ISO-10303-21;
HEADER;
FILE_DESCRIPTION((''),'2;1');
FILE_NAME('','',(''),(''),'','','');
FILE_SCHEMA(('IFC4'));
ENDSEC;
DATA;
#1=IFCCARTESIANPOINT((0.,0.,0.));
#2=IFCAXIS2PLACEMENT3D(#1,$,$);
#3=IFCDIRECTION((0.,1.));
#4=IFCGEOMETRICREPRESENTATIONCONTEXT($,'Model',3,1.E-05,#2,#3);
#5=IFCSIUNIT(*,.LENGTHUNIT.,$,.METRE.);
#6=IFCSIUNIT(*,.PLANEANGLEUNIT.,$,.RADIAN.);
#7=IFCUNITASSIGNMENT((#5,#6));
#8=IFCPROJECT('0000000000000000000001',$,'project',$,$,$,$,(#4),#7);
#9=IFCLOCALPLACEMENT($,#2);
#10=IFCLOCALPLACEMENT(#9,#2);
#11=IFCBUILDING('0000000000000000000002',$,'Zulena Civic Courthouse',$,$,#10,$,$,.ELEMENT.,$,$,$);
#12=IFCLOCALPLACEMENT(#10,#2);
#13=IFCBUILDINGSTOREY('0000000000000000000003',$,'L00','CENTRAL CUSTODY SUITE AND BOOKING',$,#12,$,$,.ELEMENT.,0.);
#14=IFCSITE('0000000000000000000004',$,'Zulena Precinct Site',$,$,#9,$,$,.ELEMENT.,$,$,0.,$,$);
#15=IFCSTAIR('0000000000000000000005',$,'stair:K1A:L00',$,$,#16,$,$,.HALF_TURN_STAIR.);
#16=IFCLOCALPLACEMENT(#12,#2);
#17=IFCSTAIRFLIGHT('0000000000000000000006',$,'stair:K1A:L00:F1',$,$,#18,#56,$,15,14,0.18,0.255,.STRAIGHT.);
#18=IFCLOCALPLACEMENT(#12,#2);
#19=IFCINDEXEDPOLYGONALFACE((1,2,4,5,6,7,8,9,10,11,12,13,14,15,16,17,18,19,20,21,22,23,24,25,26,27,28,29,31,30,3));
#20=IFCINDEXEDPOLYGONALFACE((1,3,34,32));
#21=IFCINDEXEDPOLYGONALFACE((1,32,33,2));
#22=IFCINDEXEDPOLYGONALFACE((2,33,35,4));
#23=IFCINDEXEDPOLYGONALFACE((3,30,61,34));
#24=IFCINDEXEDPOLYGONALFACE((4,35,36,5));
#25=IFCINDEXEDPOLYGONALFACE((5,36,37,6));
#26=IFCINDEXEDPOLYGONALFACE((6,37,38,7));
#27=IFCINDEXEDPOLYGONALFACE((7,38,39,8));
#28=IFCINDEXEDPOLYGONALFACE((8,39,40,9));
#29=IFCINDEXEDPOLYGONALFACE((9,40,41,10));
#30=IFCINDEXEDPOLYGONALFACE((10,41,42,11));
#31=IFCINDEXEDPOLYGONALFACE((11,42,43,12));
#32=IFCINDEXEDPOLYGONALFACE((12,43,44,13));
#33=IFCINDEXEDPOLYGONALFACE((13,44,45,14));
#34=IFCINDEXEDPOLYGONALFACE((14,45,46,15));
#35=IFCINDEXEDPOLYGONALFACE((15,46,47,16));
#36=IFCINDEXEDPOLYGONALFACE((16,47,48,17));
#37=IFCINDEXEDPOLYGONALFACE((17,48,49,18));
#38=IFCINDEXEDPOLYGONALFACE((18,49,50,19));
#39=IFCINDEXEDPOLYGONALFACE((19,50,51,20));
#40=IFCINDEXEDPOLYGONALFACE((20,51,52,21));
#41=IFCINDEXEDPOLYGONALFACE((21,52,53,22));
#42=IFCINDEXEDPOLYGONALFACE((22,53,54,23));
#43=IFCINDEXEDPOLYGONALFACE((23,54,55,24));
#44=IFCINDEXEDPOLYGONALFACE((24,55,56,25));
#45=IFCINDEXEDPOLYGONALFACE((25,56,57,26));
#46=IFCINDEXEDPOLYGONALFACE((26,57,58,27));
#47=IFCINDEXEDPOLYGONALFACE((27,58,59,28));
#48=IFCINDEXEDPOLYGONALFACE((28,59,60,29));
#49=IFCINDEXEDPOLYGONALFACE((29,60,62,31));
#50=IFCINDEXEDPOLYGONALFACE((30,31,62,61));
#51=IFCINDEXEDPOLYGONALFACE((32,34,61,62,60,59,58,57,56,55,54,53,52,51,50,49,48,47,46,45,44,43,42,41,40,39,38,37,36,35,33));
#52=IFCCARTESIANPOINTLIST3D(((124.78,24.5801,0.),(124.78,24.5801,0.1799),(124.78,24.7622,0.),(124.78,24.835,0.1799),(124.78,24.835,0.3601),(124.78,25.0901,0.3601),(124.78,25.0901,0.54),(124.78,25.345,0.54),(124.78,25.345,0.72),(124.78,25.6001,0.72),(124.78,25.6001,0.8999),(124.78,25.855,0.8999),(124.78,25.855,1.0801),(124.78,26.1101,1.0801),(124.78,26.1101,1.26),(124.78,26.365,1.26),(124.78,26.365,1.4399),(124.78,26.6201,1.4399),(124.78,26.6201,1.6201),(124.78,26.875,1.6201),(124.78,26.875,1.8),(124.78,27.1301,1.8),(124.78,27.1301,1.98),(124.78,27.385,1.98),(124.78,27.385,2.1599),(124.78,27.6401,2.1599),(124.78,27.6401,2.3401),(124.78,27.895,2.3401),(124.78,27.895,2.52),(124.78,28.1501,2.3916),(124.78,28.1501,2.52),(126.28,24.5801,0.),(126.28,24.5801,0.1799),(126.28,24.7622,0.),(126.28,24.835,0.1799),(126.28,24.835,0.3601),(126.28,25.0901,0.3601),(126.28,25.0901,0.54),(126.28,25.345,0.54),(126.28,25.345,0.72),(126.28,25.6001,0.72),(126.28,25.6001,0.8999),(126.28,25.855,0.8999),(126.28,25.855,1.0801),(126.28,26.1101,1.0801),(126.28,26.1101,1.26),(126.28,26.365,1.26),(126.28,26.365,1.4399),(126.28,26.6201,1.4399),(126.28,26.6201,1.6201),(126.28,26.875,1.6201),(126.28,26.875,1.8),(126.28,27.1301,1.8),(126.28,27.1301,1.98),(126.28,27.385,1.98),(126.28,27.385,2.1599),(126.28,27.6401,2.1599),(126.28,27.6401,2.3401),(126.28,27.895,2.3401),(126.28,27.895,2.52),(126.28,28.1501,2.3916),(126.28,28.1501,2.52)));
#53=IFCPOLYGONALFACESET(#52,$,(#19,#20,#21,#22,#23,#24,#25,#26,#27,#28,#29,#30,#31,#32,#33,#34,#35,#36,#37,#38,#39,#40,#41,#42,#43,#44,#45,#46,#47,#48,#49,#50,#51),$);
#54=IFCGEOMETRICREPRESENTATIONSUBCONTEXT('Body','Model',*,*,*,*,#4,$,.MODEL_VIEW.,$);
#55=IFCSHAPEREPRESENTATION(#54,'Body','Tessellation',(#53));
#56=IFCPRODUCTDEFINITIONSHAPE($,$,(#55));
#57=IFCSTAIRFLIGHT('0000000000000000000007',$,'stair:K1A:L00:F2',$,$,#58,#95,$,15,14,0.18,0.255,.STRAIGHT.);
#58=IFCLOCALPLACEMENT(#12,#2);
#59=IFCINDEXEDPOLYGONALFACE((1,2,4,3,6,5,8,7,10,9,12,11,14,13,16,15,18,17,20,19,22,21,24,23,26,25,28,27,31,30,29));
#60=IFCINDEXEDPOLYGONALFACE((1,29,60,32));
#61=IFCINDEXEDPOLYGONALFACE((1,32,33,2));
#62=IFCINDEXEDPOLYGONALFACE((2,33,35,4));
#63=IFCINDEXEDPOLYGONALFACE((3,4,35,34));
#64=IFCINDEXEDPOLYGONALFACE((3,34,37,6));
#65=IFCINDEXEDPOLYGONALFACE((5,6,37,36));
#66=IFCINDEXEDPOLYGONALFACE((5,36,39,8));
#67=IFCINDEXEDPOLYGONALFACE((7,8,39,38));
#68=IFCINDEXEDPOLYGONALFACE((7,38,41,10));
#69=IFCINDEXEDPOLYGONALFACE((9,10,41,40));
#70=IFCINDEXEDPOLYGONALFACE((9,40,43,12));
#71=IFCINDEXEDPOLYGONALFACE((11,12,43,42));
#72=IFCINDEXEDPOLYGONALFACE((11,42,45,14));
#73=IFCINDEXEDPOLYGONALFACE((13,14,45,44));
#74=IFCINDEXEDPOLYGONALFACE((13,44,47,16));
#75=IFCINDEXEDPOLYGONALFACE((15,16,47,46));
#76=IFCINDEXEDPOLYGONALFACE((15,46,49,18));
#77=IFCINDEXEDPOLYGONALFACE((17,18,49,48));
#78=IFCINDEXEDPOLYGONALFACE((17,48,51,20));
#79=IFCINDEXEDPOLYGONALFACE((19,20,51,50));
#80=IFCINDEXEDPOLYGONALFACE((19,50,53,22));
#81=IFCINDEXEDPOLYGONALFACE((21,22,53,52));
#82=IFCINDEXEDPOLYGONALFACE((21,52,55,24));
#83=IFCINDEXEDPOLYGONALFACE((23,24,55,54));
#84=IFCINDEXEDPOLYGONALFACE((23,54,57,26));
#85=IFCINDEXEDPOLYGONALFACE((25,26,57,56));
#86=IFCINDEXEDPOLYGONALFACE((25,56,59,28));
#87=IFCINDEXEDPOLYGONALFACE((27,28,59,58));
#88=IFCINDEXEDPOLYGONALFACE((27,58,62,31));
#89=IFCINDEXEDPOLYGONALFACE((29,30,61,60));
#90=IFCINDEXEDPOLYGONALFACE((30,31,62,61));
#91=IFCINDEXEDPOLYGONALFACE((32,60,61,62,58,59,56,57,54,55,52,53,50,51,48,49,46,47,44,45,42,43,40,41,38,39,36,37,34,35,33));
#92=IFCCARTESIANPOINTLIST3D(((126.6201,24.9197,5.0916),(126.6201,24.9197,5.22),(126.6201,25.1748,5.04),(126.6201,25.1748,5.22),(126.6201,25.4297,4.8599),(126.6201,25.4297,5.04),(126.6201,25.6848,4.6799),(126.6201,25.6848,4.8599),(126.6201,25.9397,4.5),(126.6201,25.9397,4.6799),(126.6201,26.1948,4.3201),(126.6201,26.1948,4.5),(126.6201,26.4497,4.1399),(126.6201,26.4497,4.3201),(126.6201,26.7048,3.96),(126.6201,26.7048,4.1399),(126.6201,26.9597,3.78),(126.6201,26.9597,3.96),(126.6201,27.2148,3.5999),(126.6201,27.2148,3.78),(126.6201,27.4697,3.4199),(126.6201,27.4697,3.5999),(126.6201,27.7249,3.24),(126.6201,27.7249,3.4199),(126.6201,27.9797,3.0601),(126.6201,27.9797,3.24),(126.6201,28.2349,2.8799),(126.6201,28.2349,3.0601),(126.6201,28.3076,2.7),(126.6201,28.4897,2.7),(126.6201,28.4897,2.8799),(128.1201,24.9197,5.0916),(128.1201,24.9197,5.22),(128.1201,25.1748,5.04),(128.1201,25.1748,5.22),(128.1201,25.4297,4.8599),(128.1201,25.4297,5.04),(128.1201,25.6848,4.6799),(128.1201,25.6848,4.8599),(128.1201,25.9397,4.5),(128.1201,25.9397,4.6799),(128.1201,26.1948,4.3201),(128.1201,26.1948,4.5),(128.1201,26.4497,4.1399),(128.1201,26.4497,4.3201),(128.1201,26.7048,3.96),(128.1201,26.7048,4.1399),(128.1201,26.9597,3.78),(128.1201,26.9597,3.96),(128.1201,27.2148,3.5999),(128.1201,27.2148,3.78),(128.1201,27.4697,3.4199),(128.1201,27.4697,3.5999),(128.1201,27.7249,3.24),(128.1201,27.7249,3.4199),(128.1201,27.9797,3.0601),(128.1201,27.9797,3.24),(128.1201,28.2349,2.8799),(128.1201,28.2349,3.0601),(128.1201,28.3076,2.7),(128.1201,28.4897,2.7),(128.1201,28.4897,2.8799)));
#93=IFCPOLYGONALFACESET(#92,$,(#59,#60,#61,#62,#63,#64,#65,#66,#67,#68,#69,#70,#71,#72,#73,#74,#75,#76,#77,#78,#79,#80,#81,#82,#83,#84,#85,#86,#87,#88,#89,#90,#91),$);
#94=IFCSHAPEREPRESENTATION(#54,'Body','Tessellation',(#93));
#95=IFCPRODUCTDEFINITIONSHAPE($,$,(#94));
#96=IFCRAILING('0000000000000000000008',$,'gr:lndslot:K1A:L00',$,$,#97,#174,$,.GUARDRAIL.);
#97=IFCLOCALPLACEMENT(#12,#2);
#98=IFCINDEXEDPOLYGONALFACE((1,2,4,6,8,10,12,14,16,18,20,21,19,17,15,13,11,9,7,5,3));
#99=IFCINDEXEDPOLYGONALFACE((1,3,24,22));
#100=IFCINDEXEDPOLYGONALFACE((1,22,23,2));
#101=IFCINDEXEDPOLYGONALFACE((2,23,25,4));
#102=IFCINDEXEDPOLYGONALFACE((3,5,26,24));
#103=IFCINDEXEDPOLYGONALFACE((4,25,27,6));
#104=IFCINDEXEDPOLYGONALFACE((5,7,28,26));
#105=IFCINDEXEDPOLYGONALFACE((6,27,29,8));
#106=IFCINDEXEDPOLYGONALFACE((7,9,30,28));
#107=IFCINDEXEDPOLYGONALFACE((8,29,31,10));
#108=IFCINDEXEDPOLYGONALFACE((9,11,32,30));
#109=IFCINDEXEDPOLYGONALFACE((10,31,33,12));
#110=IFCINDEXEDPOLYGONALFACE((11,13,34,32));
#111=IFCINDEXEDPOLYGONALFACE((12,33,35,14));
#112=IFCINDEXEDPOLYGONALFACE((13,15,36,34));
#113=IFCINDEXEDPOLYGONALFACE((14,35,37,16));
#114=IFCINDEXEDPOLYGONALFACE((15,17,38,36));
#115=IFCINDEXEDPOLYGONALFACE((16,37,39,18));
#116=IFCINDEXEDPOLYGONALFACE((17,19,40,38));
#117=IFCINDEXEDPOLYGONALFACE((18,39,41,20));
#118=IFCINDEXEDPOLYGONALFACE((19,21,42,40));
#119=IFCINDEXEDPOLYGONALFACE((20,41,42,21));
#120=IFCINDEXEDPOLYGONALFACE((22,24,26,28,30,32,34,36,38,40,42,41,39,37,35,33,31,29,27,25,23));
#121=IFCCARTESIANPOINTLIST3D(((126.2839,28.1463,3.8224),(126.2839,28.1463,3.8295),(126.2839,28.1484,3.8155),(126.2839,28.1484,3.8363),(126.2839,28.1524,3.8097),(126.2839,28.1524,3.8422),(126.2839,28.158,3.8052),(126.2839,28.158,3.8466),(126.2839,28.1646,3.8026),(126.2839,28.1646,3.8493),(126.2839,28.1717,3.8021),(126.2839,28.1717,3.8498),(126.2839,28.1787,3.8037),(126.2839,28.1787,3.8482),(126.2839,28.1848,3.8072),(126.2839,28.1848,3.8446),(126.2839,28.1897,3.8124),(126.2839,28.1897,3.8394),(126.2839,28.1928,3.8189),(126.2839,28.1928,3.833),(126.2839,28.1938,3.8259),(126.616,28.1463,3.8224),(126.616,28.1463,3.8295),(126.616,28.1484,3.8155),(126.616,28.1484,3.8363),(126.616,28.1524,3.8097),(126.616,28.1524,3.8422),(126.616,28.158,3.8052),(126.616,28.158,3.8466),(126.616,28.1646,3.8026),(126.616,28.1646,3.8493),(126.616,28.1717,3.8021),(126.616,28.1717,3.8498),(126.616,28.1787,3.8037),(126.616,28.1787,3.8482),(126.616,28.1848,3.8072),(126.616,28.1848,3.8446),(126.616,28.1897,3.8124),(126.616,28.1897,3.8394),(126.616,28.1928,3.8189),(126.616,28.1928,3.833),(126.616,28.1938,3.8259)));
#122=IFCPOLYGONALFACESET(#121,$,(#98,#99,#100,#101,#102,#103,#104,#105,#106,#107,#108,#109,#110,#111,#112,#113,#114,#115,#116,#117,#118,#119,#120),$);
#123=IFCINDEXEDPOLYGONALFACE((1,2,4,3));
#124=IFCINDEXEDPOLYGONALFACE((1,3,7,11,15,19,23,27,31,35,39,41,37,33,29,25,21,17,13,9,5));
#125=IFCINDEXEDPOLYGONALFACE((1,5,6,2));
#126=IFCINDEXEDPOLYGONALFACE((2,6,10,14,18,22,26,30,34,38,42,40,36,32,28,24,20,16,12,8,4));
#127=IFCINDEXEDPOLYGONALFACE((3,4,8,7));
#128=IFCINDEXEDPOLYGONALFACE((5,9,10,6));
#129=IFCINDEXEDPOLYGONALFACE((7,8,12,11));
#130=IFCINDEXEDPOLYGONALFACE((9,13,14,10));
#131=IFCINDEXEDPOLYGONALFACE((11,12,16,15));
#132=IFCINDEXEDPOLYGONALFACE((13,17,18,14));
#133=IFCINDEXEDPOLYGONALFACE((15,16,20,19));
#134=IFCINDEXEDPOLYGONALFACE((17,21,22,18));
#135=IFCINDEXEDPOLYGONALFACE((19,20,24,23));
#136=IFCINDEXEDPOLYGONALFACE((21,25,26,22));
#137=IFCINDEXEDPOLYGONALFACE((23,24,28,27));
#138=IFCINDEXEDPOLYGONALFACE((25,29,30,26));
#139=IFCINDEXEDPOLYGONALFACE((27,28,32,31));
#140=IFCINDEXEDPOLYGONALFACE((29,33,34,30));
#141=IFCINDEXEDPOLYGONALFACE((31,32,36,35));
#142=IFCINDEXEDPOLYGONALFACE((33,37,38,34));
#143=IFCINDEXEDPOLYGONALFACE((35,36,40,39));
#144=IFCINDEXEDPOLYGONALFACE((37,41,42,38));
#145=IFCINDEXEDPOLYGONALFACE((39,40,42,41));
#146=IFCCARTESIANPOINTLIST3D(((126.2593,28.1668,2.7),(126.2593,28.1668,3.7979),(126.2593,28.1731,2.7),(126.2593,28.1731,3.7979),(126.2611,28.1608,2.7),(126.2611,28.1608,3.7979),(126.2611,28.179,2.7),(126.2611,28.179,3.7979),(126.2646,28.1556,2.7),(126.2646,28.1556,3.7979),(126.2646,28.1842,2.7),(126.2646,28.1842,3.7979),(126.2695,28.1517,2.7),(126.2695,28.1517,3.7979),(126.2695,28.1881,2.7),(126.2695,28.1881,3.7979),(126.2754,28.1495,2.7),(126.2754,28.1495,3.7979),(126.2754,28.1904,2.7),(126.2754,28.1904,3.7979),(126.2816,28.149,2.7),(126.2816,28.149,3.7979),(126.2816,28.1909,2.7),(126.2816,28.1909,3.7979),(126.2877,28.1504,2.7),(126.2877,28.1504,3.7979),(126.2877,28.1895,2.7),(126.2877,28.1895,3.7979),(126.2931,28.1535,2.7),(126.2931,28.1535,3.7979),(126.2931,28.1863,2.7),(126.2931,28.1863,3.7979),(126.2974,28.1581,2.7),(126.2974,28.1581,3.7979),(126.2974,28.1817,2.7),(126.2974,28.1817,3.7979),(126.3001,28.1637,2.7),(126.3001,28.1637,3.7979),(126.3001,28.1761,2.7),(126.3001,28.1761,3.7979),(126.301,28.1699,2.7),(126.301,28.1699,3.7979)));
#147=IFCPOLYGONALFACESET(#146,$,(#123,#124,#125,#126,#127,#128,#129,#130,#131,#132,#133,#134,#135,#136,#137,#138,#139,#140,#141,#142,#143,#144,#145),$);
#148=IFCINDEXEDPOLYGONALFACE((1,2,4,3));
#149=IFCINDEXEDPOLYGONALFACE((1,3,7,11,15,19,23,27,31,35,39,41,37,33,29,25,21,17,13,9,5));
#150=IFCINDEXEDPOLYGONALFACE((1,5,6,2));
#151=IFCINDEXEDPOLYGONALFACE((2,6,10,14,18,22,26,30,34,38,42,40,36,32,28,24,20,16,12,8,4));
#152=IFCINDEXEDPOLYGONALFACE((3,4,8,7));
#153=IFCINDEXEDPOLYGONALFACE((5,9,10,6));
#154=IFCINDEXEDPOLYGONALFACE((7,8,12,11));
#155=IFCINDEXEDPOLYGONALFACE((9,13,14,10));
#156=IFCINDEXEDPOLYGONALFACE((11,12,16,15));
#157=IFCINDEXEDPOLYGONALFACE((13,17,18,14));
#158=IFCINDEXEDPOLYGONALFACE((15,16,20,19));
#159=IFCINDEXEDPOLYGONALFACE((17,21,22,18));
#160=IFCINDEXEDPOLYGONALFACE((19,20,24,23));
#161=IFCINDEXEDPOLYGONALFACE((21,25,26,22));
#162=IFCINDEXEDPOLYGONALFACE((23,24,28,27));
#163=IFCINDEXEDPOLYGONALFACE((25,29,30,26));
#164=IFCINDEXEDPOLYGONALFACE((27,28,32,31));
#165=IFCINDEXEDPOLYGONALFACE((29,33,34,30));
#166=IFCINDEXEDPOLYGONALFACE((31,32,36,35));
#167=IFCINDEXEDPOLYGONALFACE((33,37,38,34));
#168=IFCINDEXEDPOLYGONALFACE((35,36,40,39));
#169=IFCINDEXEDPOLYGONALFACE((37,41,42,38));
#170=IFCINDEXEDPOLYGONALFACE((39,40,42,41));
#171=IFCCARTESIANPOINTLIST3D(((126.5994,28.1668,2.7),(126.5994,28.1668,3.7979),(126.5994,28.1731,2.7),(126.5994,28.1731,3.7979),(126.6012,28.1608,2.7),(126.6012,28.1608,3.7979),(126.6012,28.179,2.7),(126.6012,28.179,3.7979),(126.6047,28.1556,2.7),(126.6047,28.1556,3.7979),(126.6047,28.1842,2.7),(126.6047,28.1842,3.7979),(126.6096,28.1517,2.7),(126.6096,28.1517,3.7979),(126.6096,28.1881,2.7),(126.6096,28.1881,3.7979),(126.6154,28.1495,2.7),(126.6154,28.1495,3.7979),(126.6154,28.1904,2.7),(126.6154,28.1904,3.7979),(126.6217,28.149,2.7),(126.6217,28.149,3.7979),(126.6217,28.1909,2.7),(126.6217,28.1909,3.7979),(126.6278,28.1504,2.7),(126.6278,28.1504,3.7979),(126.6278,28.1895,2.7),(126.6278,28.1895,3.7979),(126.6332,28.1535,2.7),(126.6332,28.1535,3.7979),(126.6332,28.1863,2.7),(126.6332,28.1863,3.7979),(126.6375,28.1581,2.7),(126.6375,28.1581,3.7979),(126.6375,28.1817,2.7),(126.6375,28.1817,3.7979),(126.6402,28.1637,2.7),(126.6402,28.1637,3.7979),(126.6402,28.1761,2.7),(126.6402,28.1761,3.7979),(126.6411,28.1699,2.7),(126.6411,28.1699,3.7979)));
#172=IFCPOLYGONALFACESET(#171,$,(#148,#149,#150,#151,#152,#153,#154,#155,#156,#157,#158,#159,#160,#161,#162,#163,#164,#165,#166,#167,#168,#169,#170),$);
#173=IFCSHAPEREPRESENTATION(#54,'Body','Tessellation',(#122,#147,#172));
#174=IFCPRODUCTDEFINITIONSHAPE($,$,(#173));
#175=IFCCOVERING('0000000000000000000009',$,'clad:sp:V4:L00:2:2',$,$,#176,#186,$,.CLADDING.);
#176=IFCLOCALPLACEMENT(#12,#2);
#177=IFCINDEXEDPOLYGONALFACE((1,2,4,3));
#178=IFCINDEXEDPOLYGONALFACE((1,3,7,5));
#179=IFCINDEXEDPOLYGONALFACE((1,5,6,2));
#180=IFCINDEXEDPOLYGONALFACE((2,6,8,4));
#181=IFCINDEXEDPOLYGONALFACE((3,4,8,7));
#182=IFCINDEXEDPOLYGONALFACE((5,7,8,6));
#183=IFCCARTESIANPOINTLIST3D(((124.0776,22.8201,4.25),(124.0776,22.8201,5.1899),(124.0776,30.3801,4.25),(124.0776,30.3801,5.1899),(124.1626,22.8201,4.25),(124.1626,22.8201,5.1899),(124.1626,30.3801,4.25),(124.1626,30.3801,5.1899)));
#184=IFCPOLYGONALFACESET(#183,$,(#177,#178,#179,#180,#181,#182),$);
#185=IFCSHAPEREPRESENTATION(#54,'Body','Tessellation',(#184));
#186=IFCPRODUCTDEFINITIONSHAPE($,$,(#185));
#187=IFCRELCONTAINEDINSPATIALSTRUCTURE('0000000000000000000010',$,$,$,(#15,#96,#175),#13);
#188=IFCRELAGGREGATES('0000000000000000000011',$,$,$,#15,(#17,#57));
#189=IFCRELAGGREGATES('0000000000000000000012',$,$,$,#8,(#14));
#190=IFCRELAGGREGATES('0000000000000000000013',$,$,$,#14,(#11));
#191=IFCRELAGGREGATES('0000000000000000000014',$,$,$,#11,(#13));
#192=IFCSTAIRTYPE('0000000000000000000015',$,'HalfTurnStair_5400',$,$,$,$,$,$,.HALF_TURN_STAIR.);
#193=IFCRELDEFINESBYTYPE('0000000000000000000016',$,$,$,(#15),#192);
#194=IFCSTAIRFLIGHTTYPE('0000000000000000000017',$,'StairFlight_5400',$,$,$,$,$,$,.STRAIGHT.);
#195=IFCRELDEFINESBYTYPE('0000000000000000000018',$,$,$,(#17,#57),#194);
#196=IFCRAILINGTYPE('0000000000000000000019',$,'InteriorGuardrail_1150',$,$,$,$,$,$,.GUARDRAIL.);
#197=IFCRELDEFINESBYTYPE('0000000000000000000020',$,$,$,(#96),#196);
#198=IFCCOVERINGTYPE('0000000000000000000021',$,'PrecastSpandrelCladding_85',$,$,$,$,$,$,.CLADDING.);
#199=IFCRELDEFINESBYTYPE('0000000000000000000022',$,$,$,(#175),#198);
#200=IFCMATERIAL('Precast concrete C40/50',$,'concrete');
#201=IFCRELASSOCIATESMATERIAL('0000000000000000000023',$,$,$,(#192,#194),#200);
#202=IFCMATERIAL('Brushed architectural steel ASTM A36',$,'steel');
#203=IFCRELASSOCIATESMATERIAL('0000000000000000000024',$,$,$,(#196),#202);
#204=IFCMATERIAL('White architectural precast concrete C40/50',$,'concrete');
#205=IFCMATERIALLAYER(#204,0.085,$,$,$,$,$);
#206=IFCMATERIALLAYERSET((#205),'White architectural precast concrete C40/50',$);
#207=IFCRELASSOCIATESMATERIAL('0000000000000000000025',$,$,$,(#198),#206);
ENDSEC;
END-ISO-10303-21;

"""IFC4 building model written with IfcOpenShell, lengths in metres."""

from ifc_helpers import new_model, si_unit, direction, frame, origin, origin_2d, place, context, subcontext, project, spatial, polyline, rectangle, circle, outline, extrude, material, layer, layer_set, type_object, element, aggregate, save


model = new_model("IFC4")

# Units and contexts
model_context = context("Model", 3, precision=1e-05, world=origin(), true_north=direction((0.0, 1.0)))
body_context = subcontext(model_context, "Body", "Model", "MODEL_VIEW")
ifc_project = project(units=[si_unit("LENGTHUNIT", "METRE"), si_unit("PLANEANGLEUNIT", "RADIAN")], contexts=[model_context])

# Site, building, storey
site_placement = place(None, origin())
site = spatial("IfcSite", under=ifc_project, at=site_placement, Name="Zulena Precinct Site", CompositionType="ELEMENT", RefElevation=0.0)
building_placement = place(site_placement, origin())
building = spatial("IfcBuilding", under=site, at=building_placement, Name="Zulena Civic Courthouse", CompositionType="ELEMENT")
storey_placement = place(building_placement, origin())
storey = spatial("IfcBuildingStorey", under=building, at=storey_placement, Name="L00", Description="CENTRAL CUSTODY SUITE AND BOOKING", CompositionType="ELEMENT", Elevation=0.0)

# Stair, stair flights
ifc_material_1 = material(Name="Precast concrete C40/50", Category="concrete")
stair_type = type_object("IfcStairType", Name="HalfTurnStair_5400", PredefinedType="HALF_TURN_STAIR", material=ifc_material_1)
stair_placement = place(storey_placement, origin())
stair = element("IfcStair", 1, at=stair_placement, inside=storey, type_object=stair_type, Name="stair:K1A:L00", PredefinedType="HALF_TURN_STAIR")
stair_flight_type = type_object("IfcStairFlightType", Name="StairFlight_5400", PredefinedType="STRAIGHT", material=ifc_material_1)
stair_flight_1_placement = place(storey_placement, frame((125.53, 24.5801, 0.0), z_axis=(0.0, 0.0, 1.0), x_axis=(0.0, 1.0, 0.0)))
stair_flight_1 = element("IfcStairFlight", 2, at=stair_flight_1_placement, type_object=stair_flight_type, Name="stair:K1A:L00:F1", NumberOfRisers=15, NumberOfTreads=14, PredefinedType="STRAIGHT", RiserHeight=0.18, TreadLength=0.255, context=body_context, shape_type="SweptSolid", body=[
    extrude(outline(polyline([(0.0, 0.0), (0.0, 0.1799), (0.2549, 0.1799), (0.2549, 0.3601), (0.51, 0.3601), (0.51, 0.54), (0.7649, 0.54), (0.7649, 0.72), (1.02, 0.72), (1.02, 0.8999), (1.2749, 0.8999), (1.2749, 1.0801), (1.53, 1.0801), (1.53, 1.26), (1.7849, 1.26), (1.7849, 1.4399), (2.04, 1.4399), (2.04, 1.6201), (2.2949, 1.6201), (2.2949, 1.8), (2.55, 1.8), (2.55, 1.98), (2.8049, 1.98), (2.8049, 2.1599), (3.0601, 2.1599), (3.0601, 2.3401), (3.3149, 2.3401), (3.3149, 2.52), (3.5701, 2.52), (3.5701, 2.7), (3.5701, 2.3916), (0.1821, 0.0), (0.0, 0.0)])), frame((0.0, 0.75, 0.0), z_axis=(0.0, -1.0, 0.0), x_axis=(1.0, 0.0, 0.0)), (0.0, 0.0, 1.0), 1.5),
])
stair_flight_2_placement = place(storey_placement, frame((127.3701, 28.4897, 2.7), z_axis=(0.0, 0.0, 1.0), x_axis=(0.0, -1.0, 0.0)))
stair_flight_2 = element("IfcStairFlight", 3, at=stair_flight_2_placement, type_object=stair_flight_type, Name="stair:K1A:L00:F2", NumberOfRisers=15, NumberOfTreads=14, PredefinedType="STRAIGHT", RiserHeight=0.18, TreadLength=0.255, context=body_context, shape_type="SweptSolid", body=[
    extrude(outline(polyline([(0.0, 0.0), (0.0, 0.1799), (0.2549, 0.1799), (0.2549, 0.3601), (0.51, 0.3601), (0.51, 0.54), (0.7649, 0.54), (0.7649, 0.72), (1.02, 0.72), (1.02, 0.8999), (1.2749, 0.8999), (1.2749, 1.0801), (1.53, 1.0801), (1.53, 1.26), (1.7849, 1.26), (1.7849, 1.4399), (2.04, 1.4399), (2.04, 1.6201), (2.2949, 1.6201), (2.2949, 1.8), (2.55, 1.8), (2.55, 1.98), (2.8049, 1.98), (2.8049, 2.1599), (3.0601, 2.1599), (3.0601, 2.3401), (3.3149, 2.3401), (3.3149, 2.52), (3.5701, 2.52), (3.5701, 2.7), (3.5701, 2.3916), (0.1821, 0.0), (0.0, 0.0)])), frame((0.0, 0.75, 0.0), z_axis=(0.0, -1.0, 0.0), x_axis=(1.0, 0.0, 0.0)), (0.0, 0.0, 1.0), 1.5),
])
aggregate(stair, [stair_flight_1, stair_flight_2])

# Railing
ifc_material_2 = material(Name="Brushed architectural steel ASTM A36", Category="steel")
railing_type_1 = type_object("IfcRailingType", Name="InteriorGuardrail_1150", PredefinedType="GUARDRAIL", material=ifc_material_2)
railing_1_placement = place(storey_placement, frame((126.28, 28.1699, 2.7)))
element("IfcRailing", 4, at=railing_1_placement, inside=storey, type_object=railing_type_1, Name="gr:lndslot:K1A:L00", PredefinedType="GUARDRAIL", context=body_context, shape_type="SweptSolid", body=[
    extrude(circle(Radius=0.0239, at=origin_2d()), frame((0.0039, 0.0, 1.126), z_axis=(1.0, 0.0, 0.0), x_axis=(0.0, 1.0, 0.0)), (0.0, 0.0, 1.0), 0.332),
    extrude(circle(Radius=0.021, at=origin_2d()), origin(), (0.0, 0.0, 1.0), 1.0979),
    extrude(circle(Radius=0.021, at=origin_2d()), frame((0.3401, 0.0, 0.0)), (0.0, 0.0, 1.0), 1.0979),
])

# Covering
ifc_material_3 = material(Name="White architectural precast concrete C40/50", Category="concrete")
ifc_layer_1 = layer(ifc_material_3, 0.085)
ifc_layer_set_1 = layer_set([ifc_layer_1], Name="White architectural precast concrete C40/50")
covering_type = type_object("IfcCoveringType", Name="PrecastSpandrelCladding_85", PredefinedType="CLADDING", material=ifc_layer_set_1)
covering_placement = place(storey_placement, frame((124.1201, 26.6001, 4.25), z_axis=(0.0, 0.0, 1.0), x_axis=(0.0, -1.0, 0.0)))
element("IfcCovering", 5, at=covering_placement, inside=storey, type_object=covering_type, Name="clad:sp:V4:L00:2:2", PredefinedType="CLADDING", context=body_context, shape_type="SweptSolid", body=[
    extrude(rectangle(XDim=7.5601, YDim=0.085, at=origin_2d()), origin(), (0.0, 0.0, 1.0), 0.9399),
])

save(model, "model.ifc")
